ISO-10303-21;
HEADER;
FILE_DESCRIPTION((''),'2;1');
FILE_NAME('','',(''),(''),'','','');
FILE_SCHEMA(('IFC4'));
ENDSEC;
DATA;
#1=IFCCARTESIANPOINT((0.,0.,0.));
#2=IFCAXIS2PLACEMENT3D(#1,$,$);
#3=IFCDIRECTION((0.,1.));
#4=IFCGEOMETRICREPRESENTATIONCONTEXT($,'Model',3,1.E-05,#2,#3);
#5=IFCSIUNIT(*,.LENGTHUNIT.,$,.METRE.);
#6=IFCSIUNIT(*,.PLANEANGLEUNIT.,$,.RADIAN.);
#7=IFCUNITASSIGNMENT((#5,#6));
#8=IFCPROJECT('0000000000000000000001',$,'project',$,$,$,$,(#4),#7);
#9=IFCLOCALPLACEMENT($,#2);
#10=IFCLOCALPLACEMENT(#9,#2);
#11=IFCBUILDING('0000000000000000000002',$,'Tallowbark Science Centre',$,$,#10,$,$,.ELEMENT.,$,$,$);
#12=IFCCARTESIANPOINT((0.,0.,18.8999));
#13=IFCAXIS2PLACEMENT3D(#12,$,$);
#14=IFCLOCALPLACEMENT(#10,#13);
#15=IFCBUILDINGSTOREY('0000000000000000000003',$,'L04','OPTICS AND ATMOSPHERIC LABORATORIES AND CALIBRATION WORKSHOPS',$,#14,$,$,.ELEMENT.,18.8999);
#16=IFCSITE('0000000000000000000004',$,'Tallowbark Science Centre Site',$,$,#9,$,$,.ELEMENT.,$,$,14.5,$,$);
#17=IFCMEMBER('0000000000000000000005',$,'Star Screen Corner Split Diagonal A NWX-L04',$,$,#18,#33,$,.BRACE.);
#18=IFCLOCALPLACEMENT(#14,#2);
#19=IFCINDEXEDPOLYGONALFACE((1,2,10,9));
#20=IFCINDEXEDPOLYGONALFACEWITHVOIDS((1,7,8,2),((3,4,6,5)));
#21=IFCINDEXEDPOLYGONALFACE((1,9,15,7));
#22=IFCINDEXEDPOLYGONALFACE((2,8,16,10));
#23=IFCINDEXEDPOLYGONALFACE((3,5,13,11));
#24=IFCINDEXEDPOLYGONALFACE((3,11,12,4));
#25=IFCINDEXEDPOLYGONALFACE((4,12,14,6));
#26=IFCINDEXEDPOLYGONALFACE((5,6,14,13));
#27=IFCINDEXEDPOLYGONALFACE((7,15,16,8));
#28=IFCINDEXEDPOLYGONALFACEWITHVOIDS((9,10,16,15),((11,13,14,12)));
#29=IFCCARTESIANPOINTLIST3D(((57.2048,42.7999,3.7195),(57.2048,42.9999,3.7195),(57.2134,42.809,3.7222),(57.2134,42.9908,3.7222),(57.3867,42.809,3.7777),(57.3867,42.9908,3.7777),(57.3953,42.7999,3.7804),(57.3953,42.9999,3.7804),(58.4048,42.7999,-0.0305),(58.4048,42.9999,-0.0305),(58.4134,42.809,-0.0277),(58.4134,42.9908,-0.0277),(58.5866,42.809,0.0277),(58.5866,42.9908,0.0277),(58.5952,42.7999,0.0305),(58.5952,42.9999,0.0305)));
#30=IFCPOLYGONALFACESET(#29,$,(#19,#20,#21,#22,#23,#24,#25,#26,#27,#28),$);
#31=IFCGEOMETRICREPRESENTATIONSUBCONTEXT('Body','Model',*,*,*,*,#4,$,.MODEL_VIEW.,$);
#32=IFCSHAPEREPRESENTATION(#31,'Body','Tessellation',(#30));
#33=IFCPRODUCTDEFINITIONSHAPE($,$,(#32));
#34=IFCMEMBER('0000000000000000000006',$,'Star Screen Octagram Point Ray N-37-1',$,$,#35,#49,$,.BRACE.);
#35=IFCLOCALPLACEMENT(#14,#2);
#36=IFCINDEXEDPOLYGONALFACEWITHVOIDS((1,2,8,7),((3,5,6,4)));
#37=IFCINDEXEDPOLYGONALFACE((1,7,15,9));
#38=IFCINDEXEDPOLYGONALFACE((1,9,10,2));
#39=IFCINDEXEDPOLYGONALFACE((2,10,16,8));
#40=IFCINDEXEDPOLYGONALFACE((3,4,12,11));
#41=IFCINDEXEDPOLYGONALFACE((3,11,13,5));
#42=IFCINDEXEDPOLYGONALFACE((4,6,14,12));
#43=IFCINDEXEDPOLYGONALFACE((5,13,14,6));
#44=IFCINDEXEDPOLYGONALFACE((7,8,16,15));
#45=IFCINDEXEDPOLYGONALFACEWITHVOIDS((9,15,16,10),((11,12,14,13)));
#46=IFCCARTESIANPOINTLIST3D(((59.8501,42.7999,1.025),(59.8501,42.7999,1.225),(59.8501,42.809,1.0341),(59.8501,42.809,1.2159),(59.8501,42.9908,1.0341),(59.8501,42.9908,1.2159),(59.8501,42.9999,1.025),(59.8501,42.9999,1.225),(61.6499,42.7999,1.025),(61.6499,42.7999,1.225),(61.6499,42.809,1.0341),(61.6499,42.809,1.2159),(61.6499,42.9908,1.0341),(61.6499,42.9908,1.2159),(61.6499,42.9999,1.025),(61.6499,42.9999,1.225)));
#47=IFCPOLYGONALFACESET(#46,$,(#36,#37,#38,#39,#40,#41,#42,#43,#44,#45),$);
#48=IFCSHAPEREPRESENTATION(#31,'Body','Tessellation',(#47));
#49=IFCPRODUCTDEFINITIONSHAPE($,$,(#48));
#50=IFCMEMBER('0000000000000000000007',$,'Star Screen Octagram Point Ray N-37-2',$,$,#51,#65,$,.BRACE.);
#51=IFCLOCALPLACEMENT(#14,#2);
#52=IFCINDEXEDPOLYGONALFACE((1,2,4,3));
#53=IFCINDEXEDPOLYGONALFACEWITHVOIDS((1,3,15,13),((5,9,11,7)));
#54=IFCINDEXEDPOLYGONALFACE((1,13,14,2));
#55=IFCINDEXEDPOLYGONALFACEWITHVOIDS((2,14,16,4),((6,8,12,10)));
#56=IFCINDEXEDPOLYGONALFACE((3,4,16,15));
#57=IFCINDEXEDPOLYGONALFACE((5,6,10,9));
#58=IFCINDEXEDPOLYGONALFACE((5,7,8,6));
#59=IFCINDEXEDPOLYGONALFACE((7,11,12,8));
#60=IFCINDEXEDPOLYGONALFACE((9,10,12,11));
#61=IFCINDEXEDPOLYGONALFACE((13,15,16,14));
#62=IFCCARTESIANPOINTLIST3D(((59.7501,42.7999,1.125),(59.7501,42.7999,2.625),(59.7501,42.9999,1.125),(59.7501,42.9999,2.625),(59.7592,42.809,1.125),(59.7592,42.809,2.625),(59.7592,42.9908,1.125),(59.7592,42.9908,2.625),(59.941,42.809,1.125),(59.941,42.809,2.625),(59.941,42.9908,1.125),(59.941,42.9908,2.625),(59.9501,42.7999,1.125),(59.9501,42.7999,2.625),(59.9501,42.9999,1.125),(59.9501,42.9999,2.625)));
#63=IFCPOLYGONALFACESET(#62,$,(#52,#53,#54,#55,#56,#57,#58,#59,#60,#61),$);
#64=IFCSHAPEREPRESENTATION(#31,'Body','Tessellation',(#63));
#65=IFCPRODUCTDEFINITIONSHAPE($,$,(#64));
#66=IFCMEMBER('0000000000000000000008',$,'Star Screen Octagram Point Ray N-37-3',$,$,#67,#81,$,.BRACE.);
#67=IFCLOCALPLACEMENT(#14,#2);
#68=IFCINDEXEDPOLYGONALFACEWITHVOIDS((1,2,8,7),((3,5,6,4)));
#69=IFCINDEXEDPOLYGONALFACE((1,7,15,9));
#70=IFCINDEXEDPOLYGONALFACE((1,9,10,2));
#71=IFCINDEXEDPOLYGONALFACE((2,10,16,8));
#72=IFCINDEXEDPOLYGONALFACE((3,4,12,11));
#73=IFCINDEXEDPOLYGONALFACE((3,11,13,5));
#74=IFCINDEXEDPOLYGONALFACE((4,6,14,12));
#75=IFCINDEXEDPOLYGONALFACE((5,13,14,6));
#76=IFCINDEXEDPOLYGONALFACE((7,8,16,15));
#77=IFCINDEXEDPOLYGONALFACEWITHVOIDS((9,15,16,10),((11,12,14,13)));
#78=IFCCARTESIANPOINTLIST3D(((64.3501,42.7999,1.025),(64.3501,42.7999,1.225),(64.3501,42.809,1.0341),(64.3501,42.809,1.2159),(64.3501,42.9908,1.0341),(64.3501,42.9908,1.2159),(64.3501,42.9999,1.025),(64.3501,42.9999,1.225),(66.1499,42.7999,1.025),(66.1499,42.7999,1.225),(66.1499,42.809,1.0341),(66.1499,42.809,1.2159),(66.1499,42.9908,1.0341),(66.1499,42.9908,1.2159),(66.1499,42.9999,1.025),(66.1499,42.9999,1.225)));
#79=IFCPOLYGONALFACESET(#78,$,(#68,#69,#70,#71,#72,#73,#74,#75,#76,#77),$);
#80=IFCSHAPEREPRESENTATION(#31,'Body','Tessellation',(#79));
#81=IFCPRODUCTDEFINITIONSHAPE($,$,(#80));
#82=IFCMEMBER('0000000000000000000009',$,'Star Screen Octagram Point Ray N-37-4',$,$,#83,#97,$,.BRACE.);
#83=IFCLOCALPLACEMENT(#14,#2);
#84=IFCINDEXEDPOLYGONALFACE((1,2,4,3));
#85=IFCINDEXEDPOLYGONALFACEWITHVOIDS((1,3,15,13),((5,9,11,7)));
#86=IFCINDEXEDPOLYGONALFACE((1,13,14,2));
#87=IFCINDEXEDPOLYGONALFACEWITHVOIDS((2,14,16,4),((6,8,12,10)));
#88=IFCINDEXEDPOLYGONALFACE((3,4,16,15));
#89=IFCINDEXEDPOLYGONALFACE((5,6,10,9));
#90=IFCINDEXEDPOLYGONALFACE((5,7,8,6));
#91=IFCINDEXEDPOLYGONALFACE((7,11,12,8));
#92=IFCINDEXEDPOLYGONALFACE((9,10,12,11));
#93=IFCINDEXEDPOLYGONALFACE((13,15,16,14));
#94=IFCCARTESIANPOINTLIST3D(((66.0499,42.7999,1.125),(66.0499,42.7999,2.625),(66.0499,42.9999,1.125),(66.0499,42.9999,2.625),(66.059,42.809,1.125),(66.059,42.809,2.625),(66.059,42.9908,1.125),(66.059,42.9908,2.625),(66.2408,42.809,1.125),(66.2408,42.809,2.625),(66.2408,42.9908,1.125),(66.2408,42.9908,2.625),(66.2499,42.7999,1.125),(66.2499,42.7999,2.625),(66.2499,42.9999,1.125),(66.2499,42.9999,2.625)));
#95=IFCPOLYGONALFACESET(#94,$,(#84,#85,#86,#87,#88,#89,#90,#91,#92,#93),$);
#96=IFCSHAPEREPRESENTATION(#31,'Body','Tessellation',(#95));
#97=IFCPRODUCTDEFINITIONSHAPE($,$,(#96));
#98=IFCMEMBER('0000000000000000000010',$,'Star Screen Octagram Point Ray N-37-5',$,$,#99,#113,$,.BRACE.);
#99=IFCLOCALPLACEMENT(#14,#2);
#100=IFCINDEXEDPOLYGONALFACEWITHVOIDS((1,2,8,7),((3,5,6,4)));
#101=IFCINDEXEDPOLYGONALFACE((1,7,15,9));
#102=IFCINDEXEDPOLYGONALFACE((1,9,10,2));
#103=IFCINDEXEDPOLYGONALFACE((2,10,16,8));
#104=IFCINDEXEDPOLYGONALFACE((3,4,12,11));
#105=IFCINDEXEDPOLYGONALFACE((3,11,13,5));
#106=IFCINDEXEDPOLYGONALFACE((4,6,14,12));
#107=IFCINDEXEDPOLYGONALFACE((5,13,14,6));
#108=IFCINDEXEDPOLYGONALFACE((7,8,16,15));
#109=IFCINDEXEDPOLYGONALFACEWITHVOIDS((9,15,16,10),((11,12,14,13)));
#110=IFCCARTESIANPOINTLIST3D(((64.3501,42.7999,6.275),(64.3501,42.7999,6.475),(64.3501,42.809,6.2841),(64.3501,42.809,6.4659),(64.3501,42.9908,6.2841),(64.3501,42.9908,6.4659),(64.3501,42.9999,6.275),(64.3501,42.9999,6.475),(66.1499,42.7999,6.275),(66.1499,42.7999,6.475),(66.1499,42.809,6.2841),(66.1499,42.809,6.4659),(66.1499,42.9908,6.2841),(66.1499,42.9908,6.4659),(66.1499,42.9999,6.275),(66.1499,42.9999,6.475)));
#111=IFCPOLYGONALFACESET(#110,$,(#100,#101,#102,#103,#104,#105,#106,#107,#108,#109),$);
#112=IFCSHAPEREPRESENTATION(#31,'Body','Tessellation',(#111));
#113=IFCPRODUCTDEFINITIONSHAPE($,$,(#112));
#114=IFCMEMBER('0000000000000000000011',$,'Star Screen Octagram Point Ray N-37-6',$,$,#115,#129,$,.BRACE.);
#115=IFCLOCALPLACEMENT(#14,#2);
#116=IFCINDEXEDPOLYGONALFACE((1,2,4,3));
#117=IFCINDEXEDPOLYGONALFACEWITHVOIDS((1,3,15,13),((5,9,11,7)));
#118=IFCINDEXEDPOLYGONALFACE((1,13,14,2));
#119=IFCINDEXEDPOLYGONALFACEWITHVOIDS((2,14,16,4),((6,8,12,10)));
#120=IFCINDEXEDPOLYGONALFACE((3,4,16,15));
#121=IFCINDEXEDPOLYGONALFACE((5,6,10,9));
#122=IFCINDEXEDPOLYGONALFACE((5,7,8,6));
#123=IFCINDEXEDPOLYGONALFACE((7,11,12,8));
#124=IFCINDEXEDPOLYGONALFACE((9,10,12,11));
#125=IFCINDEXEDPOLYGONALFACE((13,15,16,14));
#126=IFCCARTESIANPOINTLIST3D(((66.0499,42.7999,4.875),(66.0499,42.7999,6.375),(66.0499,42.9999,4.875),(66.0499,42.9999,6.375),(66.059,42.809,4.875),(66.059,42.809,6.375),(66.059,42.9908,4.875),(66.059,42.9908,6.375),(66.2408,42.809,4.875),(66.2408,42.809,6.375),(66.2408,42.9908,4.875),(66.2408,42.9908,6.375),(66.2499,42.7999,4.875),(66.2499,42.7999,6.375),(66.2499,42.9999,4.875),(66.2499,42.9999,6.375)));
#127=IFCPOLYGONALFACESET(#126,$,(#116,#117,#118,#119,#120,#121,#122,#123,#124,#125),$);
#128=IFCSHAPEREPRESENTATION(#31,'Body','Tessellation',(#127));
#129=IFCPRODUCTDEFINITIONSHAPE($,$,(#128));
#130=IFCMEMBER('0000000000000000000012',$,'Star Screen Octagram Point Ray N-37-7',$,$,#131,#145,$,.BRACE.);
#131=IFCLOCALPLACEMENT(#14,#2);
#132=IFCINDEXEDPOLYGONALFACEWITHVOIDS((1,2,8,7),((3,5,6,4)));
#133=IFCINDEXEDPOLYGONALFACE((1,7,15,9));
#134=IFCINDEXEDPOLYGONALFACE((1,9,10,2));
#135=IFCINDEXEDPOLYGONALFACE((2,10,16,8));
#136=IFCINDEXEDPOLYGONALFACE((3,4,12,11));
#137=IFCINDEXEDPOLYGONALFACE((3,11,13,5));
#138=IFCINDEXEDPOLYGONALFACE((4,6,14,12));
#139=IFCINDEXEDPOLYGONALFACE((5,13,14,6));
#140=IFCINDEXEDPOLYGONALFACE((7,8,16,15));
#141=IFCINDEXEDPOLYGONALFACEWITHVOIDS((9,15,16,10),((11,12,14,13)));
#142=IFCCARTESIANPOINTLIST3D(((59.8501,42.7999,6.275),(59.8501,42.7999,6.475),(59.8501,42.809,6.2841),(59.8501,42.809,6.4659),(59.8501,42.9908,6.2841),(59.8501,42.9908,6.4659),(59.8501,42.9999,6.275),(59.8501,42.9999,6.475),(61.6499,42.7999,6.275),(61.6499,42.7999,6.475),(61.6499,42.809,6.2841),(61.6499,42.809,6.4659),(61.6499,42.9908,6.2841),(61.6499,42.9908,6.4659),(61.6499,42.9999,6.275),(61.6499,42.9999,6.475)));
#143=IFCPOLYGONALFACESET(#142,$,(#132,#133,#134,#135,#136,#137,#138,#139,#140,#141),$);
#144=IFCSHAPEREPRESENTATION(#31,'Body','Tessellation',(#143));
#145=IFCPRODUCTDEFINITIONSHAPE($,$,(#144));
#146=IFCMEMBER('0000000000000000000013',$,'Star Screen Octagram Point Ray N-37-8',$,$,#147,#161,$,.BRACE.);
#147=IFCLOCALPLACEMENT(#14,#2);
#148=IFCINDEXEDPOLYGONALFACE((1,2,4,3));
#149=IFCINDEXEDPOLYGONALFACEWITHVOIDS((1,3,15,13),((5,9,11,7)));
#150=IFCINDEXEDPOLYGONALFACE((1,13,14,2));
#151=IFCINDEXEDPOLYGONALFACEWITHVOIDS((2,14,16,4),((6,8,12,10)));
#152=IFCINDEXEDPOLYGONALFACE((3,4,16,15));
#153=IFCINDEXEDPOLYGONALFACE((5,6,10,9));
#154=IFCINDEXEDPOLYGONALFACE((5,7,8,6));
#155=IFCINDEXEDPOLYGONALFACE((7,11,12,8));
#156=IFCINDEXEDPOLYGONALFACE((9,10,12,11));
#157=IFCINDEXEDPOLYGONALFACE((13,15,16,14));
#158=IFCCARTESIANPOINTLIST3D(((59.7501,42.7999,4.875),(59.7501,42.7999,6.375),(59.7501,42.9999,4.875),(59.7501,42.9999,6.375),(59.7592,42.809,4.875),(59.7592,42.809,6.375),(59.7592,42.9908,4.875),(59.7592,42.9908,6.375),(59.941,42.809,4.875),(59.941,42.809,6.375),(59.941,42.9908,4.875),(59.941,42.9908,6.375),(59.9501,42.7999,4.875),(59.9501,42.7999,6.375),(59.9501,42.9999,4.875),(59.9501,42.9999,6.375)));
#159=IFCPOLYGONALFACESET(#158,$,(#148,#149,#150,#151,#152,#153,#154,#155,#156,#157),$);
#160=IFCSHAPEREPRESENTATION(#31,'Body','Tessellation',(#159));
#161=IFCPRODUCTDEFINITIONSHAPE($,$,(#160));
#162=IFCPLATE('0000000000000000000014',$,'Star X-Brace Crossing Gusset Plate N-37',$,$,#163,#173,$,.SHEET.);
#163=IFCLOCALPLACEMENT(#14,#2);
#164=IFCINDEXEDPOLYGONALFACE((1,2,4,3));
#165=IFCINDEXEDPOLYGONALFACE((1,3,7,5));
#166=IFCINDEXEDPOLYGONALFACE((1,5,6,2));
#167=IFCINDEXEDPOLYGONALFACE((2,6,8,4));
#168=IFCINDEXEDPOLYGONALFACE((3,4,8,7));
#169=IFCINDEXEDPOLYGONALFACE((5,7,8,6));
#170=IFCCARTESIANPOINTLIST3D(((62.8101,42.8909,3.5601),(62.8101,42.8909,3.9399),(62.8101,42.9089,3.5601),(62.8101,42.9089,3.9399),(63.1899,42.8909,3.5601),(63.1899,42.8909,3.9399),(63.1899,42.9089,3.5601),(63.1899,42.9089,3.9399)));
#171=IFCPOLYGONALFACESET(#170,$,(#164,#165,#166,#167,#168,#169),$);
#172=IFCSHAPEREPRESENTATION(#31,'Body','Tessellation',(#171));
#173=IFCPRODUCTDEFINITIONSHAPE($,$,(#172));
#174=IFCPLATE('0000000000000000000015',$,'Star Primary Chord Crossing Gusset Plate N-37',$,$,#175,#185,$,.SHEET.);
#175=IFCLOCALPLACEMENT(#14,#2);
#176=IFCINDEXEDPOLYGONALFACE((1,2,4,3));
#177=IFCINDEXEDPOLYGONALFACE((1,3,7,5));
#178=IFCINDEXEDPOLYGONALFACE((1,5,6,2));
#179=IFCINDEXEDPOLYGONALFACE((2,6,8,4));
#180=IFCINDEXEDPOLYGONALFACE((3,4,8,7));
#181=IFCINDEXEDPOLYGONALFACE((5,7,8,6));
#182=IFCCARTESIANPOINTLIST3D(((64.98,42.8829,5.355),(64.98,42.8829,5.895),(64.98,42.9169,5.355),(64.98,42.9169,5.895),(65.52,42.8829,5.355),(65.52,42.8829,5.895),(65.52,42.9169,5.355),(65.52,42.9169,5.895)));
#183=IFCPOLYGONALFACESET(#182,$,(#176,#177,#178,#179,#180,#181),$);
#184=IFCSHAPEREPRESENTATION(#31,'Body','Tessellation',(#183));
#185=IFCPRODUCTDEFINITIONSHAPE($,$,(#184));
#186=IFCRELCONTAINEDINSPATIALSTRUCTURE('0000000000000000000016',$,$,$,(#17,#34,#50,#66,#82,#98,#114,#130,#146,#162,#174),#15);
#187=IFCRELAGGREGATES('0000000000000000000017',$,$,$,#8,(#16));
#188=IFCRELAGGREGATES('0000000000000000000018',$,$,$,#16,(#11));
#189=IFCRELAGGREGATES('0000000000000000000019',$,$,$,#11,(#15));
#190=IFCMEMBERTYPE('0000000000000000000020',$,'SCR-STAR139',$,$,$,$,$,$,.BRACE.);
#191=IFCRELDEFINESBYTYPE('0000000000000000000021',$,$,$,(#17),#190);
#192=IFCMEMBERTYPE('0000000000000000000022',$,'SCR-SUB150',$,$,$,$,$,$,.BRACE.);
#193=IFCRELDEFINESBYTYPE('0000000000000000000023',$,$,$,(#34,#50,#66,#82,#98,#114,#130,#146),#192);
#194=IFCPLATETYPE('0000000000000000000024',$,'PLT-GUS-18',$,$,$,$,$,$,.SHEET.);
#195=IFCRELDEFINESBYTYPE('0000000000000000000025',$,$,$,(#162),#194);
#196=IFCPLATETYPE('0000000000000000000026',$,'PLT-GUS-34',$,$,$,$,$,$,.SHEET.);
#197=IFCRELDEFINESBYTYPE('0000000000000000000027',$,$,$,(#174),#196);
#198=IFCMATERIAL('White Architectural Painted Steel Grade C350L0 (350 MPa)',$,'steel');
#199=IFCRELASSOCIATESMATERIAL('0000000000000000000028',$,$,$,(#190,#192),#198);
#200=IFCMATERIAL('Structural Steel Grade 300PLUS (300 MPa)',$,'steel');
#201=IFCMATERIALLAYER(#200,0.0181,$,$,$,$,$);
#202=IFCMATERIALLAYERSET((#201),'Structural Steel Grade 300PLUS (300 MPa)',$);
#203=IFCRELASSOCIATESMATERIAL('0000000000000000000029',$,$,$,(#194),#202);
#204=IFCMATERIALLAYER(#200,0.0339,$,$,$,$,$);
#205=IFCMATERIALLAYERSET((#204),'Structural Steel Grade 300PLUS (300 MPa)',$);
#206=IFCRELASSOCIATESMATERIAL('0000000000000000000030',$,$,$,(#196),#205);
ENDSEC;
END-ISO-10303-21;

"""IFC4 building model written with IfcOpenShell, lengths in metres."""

from ifc_helpers import new_model, si_unit, direction, frame, origin, origin_2d, place, context, subcontext, project, spatial, rectangle, hollow_rectangle, extrude, material, layer, layer_set, material_profile, profile_set, type_object, element, save


model = new_model("IFC4")

# Units and contexts
model_context = context("Model", 3, precision=1e-05, world=origin(), true_north=direction((0.0, 1.0)))
body_context = subcontext(model_context, "Body", "Model", "MODEL_VIEW")
ifc_project = project(units=[si_unit("LENGTHUNIT", "METRE"), si_unit("PLANEANGLEUNIT", "RADIAN")], contexts=[model_context])

# Site, building, storey
site_placement = place(None, origin())
site = spatial("IfcSite", under=ifc_project, at=site_placement, Name="Tallowbark Science Centre Site", CompositionType="ELEMENT", RefElevation=14.5)
building_placement = place(site_placement, origin())
building = spatial("IfcBuilding", under=site, at=building_placement, Name="Tallowbark Science Centre", CompositionType="ELEMENT")
storey_placement = place(building_placement, frame((0.0, 0.0, 18.8999)))
storey = spatial("IfcBuildingStorey", under=building, at=storey_placement, Name="L04", Description="OPTICS AND ATMOSPHERIC LABORATORIES AND CALIBRATION WORKSHOPS", CompositionType="ELEMENT", Elevation=18.8999)

# Shared definitions
ifc_material_1 = material(Name="White Architectural Painted Steel Grade C350L0 (350 MPa)", Category="steel")

# Members
ifc_material_profile_1 = material_profile(ifc_material_1, hollow_rectangle(XDim=0.2, YDim=0.2, WallThickness=0.009, at=origin_2d()), Name="200x200x9.0SHS")
ifc_profile_set_1 = profile_set([ifc_material_profile_1], Name="White Architectural Painted Steel Grade C350L0 (350 MPa)")
member_type_1 = type_object("IfcMemberType", Name="SCR-STAR139", PredefinedType="BRACE", material=ifc_profile_set_1)
member_1_placement = place(storey_placement, frame((58.5, 42.8999, 0.0), z_axis=(-0.304764, 0.0, 0.952428), x_axis=(0.0, -1.0, 0.0)))
element("IfcMember", 1, at=member_1_placement, inside=storey, type_object=member_type_1, Name="Star Screen Corner Split Diagonal A NWX-L04", PredefinedType="BRACE", context=body_context, shape_type="SweptSolid", body=[
    extrude(hollow_rectangle(XDim=0.2, YDim=0.2, WallThickness=0.009, at=origin_2d()), origin(), (0.0, 0.0, 1.0), 3.9373),
])
ifc_material_profile_2 = material_profile(ifc_material_1, hollow_rectangle(XDim=0.2, YDim=0.2, WallThickness=0.009, at=origin_2d()), Name="200x200x9.0SHS")
ifc_profile_set_2 = profile_set([ifc_material_profile_2], Name="White Architectural Painted Steel Grade C350L0 (350 MPa)")
member_type_2 = type_object("IfcMemberType", Name="SCR-SUB150", PredefinedType="BRACE", material=ifc_profile_set_2)
member_2_placement = place(storey_placement, frame((59.8501, 42.8999, 1.125), z_axis=(1.0, 0.0, 0.0), x_axis=(0.0, 1.0, 0.0)))
element("IfcMember", 2, at=member_2_placement, inside=storey, type_object=member_type_2, Name="Star Screen Octagram Point Ray N-37-1", PredefinedType="BRACE", context=body_context, shape_type="SweptSolid", body=[
    extrude(hollow_rectangle(XDim=0.2, YDim=0.2, WallThickness=0.009, at=origin_2d()), origin(), (0.0, 0.0, 1.0), 1.7998),
])
member_3_placement = place(storey_placement, frame((59.8501, 42.8999, 1.125), z_axis=(0.0, 0.0, 1.0), x_axis=(1.0, 0.0, 0.0)))
element("IfcMember", 3, at=member_3_placement, inside=storey, type_object=member_type_2, Name="Star Screen Octagram Point Ray N-37-2", PredefinedType="BRACE", context=body_context, shape_type="SweptSolid", body=[
    extrude(hollow_rectangle(XDim=0.2, YDim=0.2, WallThickness=0.009, at=origin_2d()), origin(), (0.0, 0.0, 1.0), 1.5),
])
member_4_placement = place(storey_placement, frame((66.1499, 42.8999, 1.125), z_axis=(-1.0, 0.0, 0.0), x_axis=(0.0, -1.0, 0.0)))
element("IfcMember", 4, at=member_4_placement, inside=storey, type_object=member_type_2, Name="Star Screen Octagram Point Ray N-37-3", PredefinedType="BRACE", context=body_context, shape_type="SweptSolid", body=[
    extrude(hollow_rectangle(XDim=0.2, YDim=0.2, WallThickness=0.009, at=origin_2d()), origin(), (0.0, 0.0, 1.0), 1.7998),
])
member_5_placement = place(storey_placement, frame((66.1499, 42.8999, 1.125), z_axis=(0.0, 0.0, 1.0), x_axis=(1.0, 0.0, 0.0)))
element("IfcMember", 5, at=member_5_placement, inside=storey, type_object=member_type_2, Name="Star Screen Octagram Point Ray N-37-4", PredefinedType="BRACE", context=body_context, shape_type="SweptSolid", body=[
    extrude(hollow_rectangle(XDim=0.2, YDim=0.2, WallThickness=0.009, at=origin_2d()), origin(), (0.0, 0.0, 1.0), 1.5),
])
member_6_placement = place(storey_placement, frame((66.1499, 42.8999, 6.375), z_axis=(-1.0, 0.0, 0.0), x_axis=(0.0, -1.0, 0.0)))
element("IfcMember", 6, at=member_6_placement, inside=storey, type_object=member_type_2, Name="Star Screen Octagram Point Ray N-37-5", PredefinedType="BRACE", context=body_context, shape_type="SweptSolid", body=[
    extrude(hollow_rectangle(XDim=0.2, YDim=0.2, WallThickness=0.009, at=origin_2d()), origin(), (0.0, 0.0, 1.0), 1.7998),
])
member_7_placement = place(storey_placement, frame((66.1499, 42.8999, 6.375), z_axis=(0.0, 0.0, -1.0), x_axis=(1.0, 0.0, 0.0)))
element("IfcMember", 7, at=member_7_placement, inside=storey, type_object=member_type_2, Name="Star Screen Octagram Point Ray N-37-6", PredefinedType="BRACE", context=body_context, shape_type="SweptSolid", body=[
    extrude(hollow_rectangle(XDim=0.2, YDim=0.2, WallThickness=0.009, at=origin_2d()), origin(), (0.0, 0.0, 1.0), 1.5),
])
member_8_placement = place(storey_placement, frame((59.8501, 42.8999, 6.375), z_axis=(1.0, 0.0, 0.0), x_axis=(0.0, 1.0, 0.0)))
element("IfcMember", 8, at=member_8_placement, inside=storey, type_object=member_type_2, Name="Star Screen Octagram Point Ray N-37-7", PredefinedType="BRACE", context=body_context, shape_type="SweptSolid", body=[
    extrude(hollow_rectangle(XDim=0.2, YDim=0.2, WallThickness=0.009, at=origin_2d()), origin(), (0.0, 0.0, 1.0), 1.7998),
])
member_9_placement = place(storey_placement, frame((59.8501, 42.8999, 6.375), z_axis=(0.0, 0.0, -1.0), x_axis=(1.0, 0.0, 0.0)))
element("IfcMember", 9, at=member_9_placement, inside=storey, type_object=member_type_2, Name="Star Screen Octagram Point Ray N-37-8", PredefinedType="BRACE", context=body_context, shape_type="SweptSolid", body=[
    extrude(hollow_rectangle(XDim=0.2, YDim=0.2, WallThickness=0.009, at=origin_2d()), origin(), (0.0, 0.0, 1.0), 1.5),
])

# Plates
ifc_material_2 = material(Name="Structural Steel Grade 300PLUS (300 MPa)", Category="steel")
ifc_layer_1 = layer(ifc_material_2, 0.0181)
ifc_layer_set_1 = layer_set([ifc_layer_1], Name="Structural Steel Grade 300PLUS (300 MPa)")
plate_type_1 = type_object("IfcPlateType", Name="PLT-GUS-18", PredefinedType="SHEET", material=ifc_layer_set_1)
plate_1_placement = place(storey_placement, frame((63.0, 42.8999, 3.5601), z_axis=(0.0, 0.0, 1.0), x_axis=(1.0, 0.0, 0.0)))
element("IfcPlate", 10, at=plate_1_placement, inside=storey, type_object=plate_type_1, Name="Star X-Brace Crossing Gusset Plate N-37", PredefinedType="SHEET", context=body_context, shape_type="SweptSolid", body=[
    extrude(rectangle(XDim=0.3799, YDim=0.0181, at=origin_2d()), origin(), (0.0, 0.0, 1.0), 0.3799),
])
ifc_layer_2 = layer(ifc_material_2, 0.0339)
ifc_layer_set_2 = layer_set([ifc_layer_2], Name="Structural Steel Grade 300PLUS (300 MPa)")
plate_type_2 = type_object("IfcPlateType", Name="PLT-GUS-34", PredefinedType="SHEET", material=ifc_layer_set_2)
plate_2_placement = place(storey_placement, frame((65.25, 42.8999, 5.355), z_axis=(0.0, 0.0, 1.0), x_axis=(1.0, 0.0, 0.0)))
element("IfcPlate", 11, at=plate_2_placement, inside=storey, type_object=plate_type_2, Name="Star Primary Chord Crossing Gusset Plate N-37", PredefinedType="SHEET", context=body_context, shape_type="SweptSolid", body=[
    extrude(rectangle(XDim=0.54, YDim=0.0339, at=origin_2d()), origin(), (0.0, 0.0, 1.0), 0.54),
])

save(model, "model.ifc")
